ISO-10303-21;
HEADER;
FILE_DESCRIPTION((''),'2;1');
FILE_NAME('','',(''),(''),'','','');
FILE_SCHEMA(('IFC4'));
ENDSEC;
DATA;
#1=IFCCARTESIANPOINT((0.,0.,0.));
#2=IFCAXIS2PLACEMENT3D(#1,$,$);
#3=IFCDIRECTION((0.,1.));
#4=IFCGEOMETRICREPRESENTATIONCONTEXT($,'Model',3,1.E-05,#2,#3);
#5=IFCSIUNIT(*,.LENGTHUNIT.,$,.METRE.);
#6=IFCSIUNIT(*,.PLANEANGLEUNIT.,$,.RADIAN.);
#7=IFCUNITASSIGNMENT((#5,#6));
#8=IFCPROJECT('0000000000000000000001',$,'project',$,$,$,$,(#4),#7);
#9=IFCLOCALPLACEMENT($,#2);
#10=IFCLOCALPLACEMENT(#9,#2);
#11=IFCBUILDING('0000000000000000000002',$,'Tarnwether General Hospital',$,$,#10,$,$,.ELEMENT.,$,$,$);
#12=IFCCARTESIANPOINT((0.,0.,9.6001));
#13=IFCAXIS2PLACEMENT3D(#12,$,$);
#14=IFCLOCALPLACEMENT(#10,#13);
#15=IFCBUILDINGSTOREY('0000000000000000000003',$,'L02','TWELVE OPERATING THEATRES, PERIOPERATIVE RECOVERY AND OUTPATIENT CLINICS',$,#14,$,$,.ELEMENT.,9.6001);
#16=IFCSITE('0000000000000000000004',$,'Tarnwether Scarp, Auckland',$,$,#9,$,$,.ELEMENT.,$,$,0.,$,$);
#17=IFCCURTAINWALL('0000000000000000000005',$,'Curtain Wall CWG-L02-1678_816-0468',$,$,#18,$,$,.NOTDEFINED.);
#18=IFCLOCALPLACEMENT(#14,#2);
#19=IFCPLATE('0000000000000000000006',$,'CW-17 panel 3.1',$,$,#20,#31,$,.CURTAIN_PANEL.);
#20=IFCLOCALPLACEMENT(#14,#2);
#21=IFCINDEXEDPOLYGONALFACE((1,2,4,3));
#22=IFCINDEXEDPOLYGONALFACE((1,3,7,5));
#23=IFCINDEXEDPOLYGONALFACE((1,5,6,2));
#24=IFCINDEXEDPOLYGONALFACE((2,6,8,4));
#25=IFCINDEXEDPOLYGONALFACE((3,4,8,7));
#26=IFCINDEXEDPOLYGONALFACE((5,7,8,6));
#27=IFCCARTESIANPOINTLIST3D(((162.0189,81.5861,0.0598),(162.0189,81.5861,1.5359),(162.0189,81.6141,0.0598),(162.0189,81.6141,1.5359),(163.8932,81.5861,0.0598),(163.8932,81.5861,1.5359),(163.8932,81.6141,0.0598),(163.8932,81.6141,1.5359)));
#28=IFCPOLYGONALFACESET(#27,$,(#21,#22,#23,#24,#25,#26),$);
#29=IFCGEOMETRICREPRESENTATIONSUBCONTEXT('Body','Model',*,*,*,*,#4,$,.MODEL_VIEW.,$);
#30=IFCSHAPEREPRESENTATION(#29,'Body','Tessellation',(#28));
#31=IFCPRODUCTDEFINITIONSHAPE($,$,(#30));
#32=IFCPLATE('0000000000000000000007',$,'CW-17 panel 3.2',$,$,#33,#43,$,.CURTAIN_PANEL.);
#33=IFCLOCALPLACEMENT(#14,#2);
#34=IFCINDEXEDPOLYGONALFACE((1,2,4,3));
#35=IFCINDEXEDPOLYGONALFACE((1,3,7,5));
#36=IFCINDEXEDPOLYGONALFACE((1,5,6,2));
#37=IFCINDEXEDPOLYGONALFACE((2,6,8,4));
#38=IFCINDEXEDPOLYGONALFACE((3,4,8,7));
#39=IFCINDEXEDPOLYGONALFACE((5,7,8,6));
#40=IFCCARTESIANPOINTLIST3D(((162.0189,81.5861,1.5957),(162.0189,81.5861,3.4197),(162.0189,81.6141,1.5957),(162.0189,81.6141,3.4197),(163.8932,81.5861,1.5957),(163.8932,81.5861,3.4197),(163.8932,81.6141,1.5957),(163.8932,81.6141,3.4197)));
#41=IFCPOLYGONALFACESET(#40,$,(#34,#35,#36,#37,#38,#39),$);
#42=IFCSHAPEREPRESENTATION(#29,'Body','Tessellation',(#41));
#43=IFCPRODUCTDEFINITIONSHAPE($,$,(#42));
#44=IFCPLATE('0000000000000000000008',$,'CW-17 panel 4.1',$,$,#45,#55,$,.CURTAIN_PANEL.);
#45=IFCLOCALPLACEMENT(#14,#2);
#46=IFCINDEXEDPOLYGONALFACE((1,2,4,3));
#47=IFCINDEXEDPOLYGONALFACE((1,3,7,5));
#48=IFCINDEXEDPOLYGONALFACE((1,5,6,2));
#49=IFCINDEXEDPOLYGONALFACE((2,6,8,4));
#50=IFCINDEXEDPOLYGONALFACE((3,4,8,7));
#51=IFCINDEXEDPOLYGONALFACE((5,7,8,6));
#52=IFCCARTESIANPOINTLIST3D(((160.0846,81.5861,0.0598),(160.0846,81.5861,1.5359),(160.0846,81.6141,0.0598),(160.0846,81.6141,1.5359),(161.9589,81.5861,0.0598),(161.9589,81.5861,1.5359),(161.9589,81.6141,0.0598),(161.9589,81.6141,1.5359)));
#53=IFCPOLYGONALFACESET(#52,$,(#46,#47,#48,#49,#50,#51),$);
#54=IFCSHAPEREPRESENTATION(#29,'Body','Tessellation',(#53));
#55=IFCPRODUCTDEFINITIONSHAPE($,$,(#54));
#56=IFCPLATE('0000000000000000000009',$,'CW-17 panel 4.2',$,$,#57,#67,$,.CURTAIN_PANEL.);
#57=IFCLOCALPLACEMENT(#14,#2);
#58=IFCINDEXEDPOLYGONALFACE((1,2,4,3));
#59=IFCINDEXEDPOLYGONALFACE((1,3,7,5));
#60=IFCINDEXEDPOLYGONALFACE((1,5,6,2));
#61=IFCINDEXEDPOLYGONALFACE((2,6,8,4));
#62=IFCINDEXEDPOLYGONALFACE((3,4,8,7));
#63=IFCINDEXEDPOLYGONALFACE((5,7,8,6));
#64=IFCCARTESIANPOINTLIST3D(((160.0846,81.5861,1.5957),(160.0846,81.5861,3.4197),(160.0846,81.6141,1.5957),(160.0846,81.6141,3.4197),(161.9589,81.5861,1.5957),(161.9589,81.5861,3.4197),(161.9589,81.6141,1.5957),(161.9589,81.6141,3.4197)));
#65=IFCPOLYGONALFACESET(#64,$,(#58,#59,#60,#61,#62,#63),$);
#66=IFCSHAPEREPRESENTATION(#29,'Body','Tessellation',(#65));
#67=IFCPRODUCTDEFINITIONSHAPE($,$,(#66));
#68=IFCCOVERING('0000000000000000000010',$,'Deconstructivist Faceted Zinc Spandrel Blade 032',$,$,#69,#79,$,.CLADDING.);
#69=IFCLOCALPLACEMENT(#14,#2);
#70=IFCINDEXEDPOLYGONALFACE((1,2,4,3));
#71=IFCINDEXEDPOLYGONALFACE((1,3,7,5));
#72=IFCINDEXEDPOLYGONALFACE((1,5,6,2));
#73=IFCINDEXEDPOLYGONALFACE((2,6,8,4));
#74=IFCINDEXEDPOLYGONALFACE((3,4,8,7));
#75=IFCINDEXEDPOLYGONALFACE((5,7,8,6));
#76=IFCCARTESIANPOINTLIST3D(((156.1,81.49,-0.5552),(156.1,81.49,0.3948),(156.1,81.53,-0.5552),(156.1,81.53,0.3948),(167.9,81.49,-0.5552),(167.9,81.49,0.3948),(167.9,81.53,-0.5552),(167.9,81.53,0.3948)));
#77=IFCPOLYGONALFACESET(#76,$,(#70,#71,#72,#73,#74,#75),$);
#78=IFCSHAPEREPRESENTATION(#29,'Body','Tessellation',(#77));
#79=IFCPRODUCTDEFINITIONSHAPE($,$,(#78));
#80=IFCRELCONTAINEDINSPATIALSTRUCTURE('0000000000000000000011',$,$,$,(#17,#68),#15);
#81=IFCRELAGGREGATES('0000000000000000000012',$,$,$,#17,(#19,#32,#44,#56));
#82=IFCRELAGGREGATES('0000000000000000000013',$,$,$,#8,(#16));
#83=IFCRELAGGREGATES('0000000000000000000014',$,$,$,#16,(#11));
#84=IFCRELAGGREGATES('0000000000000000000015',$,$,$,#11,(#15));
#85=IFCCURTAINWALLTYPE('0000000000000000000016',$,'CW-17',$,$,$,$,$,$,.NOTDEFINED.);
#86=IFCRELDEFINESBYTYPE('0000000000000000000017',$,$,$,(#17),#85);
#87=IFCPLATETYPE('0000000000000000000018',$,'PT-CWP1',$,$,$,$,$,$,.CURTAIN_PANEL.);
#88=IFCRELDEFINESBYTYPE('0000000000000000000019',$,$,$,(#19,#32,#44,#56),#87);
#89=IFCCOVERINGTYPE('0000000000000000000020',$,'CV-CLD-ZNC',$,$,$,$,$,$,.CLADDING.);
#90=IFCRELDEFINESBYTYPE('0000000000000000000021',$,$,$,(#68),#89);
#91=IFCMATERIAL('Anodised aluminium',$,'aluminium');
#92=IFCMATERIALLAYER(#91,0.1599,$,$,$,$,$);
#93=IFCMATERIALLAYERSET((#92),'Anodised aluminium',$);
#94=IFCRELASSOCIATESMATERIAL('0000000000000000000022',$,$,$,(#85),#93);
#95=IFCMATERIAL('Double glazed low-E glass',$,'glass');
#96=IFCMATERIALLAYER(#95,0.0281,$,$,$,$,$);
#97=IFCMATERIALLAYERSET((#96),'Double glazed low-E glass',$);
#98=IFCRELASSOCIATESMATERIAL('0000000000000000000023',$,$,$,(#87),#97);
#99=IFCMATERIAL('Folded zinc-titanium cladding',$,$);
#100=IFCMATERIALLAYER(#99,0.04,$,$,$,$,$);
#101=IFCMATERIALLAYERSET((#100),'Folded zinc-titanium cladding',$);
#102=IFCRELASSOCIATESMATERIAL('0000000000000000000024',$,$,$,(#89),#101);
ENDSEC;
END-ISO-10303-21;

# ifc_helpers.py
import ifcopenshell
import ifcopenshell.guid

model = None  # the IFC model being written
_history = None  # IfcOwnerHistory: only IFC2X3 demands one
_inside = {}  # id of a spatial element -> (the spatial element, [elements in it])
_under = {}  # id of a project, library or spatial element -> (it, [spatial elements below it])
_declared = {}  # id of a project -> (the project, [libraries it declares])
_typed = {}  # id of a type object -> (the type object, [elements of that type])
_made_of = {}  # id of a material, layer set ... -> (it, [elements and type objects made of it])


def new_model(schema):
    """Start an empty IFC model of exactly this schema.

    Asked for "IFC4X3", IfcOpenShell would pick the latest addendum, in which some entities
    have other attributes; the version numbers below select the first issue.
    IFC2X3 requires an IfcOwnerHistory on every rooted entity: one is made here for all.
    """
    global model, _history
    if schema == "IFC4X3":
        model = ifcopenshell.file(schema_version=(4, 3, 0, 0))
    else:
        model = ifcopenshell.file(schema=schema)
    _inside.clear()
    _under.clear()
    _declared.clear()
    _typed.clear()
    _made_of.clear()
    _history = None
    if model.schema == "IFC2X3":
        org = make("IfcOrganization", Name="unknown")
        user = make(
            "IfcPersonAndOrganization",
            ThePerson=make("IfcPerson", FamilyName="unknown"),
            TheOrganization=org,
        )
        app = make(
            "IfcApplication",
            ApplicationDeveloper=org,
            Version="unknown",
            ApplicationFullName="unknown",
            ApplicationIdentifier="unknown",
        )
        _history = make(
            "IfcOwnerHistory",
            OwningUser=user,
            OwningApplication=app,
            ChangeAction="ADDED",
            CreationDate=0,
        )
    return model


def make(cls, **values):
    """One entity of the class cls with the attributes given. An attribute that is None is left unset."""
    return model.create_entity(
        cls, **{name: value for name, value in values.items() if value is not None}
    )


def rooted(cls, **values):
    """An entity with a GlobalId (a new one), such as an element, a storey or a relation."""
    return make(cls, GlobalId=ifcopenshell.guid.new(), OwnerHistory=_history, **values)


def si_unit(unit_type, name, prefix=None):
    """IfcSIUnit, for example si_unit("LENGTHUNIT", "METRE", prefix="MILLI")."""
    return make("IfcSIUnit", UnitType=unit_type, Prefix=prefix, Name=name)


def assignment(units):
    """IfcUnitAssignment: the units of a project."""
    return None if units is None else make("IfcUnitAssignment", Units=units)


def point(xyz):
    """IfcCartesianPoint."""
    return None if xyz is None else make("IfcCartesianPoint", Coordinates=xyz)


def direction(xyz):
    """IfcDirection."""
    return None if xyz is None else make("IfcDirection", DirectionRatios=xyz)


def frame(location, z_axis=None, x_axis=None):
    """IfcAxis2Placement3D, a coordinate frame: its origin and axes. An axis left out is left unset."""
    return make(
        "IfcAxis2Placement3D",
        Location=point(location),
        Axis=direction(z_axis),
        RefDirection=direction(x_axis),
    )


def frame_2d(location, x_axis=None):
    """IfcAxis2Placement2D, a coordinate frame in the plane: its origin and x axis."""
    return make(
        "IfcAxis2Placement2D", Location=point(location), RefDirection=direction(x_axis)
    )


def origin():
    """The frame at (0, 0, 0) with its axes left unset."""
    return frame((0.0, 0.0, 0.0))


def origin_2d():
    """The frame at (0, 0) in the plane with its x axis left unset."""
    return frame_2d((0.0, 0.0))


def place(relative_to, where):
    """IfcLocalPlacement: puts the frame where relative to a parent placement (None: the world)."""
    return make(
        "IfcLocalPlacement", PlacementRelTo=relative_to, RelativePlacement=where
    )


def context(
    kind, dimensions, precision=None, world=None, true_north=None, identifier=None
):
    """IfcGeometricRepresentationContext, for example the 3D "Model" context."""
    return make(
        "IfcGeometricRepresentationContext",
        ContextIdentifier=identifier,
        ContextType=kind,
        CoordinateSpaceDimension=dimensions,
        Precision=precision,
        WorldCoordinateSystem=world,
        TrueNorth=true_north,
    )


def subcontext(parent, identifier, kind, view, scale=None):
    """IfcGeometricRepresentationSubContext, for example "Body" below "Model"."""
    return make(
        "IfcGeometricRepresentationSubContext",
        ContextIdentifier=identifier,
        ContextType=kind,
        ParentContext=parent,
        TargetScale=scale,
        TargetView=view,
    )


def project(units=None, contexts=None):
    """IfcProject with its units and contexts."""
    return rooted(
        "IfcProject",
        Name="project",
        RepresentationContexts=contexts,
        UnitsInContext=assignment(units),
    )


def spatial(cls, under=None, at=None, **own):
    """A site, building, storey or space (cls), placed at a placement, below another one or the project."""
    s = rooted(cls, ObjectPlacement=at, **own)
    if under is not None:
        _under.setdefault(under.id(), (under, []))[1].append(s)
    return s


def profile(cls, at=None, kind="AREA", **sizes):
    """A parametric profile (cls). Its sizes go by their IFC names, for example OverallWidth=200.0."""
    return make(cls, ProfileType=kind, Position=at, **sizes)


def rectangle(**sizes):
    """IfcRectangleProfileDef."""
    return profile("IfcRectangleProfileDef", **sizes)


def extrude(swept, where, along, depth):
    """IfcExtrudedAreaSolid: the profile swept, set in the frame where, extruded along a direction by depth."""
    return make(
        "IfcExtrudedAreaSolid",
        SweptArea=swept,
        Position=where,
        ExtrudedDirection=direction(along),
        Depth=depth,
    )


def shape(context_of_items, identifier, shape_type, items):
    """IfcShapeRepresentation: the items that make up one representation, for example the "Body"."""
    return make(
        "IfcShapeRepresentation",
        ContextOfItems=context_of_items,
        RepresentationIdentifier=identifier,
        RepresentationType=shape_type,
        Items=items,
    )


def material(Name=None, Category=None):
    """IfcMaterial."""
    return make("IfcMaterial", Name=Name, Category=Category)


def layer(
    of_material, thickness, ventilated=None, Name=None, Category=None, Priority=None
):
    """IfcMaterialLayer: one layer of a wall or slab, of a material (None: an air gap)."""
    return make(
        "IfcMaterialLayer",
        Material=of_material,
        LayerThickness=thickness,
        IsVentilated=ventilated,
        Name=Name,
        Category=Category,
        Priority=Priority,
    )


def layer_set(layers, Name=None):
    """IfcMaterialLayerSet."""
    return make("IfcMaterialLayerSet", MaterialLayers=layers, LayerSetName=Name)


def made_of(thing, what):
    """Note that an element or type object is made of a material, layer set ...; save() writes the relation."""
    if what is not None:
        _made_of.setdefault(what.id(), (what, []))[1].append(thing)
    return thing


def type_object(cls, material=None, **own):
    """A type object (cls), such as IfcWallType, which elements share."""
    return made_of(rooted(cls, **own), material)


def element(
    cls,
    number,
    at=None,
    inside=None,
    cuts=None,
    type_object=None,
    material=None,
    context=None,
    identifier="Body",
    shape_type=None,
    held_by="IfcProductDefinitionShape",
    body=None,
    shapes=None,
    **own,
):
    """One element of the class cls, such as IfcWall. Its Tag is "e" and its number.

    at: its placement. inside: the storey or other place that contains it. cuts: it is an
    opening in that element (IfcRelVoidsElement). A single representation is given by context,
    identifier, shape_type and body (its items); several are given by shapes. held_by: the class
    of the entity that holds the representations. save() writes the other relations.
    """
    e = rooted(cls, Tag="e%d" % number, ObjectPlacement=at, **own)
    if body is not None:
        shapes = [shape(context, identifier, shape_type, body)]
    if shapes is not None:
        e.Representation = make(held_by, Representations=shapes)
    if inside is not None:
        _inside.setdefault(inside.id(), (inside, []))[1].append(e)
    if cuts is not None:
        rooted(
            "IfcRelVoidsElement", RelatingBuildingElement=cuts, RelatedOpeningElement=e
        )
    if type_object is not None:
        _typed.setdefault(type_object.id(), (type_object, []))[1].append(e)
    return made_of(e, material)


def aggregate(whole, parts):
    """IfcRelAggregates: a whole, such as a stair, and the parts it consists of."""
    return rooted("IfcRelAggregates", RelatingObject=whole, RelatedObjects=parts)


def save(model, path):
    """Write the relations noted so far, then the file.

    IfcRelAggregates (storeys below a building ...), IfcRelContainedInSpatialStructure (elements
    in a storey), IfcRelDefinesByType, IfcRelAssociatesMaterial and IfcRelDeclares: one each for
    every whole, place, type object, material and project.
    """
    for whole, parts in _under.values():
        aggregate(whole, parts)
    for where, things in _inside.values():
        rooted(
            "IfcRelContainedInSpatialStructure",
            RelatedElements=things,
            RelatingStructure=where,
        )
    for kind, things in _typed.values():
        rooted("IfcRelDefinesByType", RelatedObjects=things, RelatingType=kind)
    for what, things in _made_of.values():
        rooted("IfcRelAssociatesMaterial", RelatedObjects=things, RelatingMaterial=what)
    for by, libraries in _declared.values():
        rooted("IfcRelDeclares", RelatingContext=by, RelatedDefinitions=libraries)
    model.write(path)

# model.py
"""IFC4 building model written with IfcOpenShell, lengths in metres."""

from ifc_helpers import new_model, si_unit, direction, frame, origin, origin_2d, place, context, subcontext, project, spatial, rectangle, extrude, material, layer, layer_set, type_object, element, aggregate, save


model = new_model("IFC4")

# Units and contexts
model_context = context("Model", 3, precision=1e-05, world=origin(), true_north=direction((0.0, 1.0)))
body_context = subcontext(model_context, "Body", "Model", "MODEL_VIEW")
ifc_project = project(units=[si_unit("LENGTHUNIT", "METRE"), si_unit("PLANEANGLEUNIT", "RADIAN")], contexts=[model_context])

# Site, building, storey
site_placement = place(None, origin())
site = spatial("IfcSite", under=ifc_project, at=site_placement, Name="Tarnwether Scarp, Auckland", CompositionType="ELEMENT", RefElevation=0.0)
building_placement = place(site_placement, origin())
building = spatial("IfcBuilding", under=site, at=building_placement, Name="Tarnwether General Hospital", CompositionType="ELEMENT")
storey_placement = place(building_placement, frame((0.0, 0.0, 9.6001)))
storey = spatial("IfcBuildingStorey", under=building, at=storey_placement, Name="L02", Description="TWELVE OPERATING THEATRES, PERIOPERATIVE RECOVERY AND OUTPATIENT CLINICS", CompositionType="ELEMENT", Elevation=9.6001)

# Shared definitions
ifc_material_1 = material(Name="Anodised aluminium", Category="aluminium")
ifc_layer_1 = layer(ifc_material_1, 0.1599)
ifc_layer_set_1 = layer_set([ifc_layer_1], Name="Anodised aluminium")
curtain_wall_type = type_object("IfcCurtainWallType", Name="CW-17", PredefinedType="NOTDEFINED", material=ifc_layer_set_1)

# Curtain wall, plates
curtain_wall_1_placement = place(storey_placement, origin())
curtain_wall_1 = element("IfcCurtainWall", 1, at=curtain_wall_1_placement, inside=storey, type_object=curtain_wall_type, Name="Curtain Wall CWG-L02-1678_816-0468", PredefinedType="NOTDEFINED")
ifc_material_2 = material(Name="Double glazed low-E glass", Category="glass")
ifc_layer_2 = layer(ifc_material_2, 0.0281)
ifc_layer_set_2 = layer_set([ifc_layer_2], Name="Double glazed low-E glass")
plate_type = type_object("IfcPlateType", Name="PT-CWP1", PredefinedType="CURTAIN_PANEL", material=ifc_layer_set_2)
plate_1_placement = place(storey_placement, frame((162.9561, 81.6001, 0.0598), z_axis=(0.0, 0.0, 1.0), x_axis=(-1.0, 0.0, 0.0)))
plate_1 = element("IfcPlate", 2, at=plate_1_placement, type_object=plate_type, Name="CW-17 panel 3.1", PredefinedType="CURTAIN_PANEL", context=body_context, shape_type="SweptSolid", body=[
    extrude(rectangle(XDim=1.8743, YDim=0.0281, at=origin_2d()), origin(), (0.0, 0.0, 1.0), 1.4761),
])
plate_2_placement = place(storey_placement, frame((162.9561, 81.6001, 1.5957), z_axis=(0.0, 0.0, 1.0), x_axis=(-1.0, 0.0, 0.0)))
plate_2 = element("IfcPlate", 3, at=plate_2_placement, type_object=plate_type, Name="CW-17 panel 3.2", PredefinedType="CURTAIN_PANEL", context=body_context, shape_type="SweptSolid", body=[
    extrude(rectangle(XDim=1.8743, YDim=0.0281, at=origin_2d()), origin(), (0.0, 0.0, 1.0), 1.824),
])
plate_3_placement = place(storey_placement, frame((161.0217, 81.6001, 0.0598), z_axis=(0.0, 0.0, 1.0), x_axis=(-1.0, 0.0, 0.0)))
plate_3 = element("IfcPlate", 4, at=plate_3_placement, type_object=plate_type, Name="CW-17 panel 4.1", PredefinedType="CURTAIN_PANEL", context=body_context, shape_type="SweptSolid", body=[
    extrude(rectangle(XDim=1.8743, YDim=0.0281, at=origin_2d()), origin(), (0.0, 0.0, 1.0), 1.4761),
])
plate_4_placement = place(storey_placement, frame((161.0217, 81.6001, 1.5957), z_axis=(0.0, 0.0, 1.0), x_axis=(-1.0, 0.0, 0.0)))
plate_4 = element("IfcPlate", 5, at=plate_4_placement, type_object=plate_type, Name="CW-17 panel 4.2", PredefinedType="CURTAIN_PANEL", context=body_context, shape_type="SweptSolid", body=[
    extrude(rectangle(XDim=1.8743, YDim=0.0281, at=origin_2d()), origin(), (0.0, 0.0, 1.0), 1.824),
])
aggregate(curtain_wall_1, [plate_1, plate_2, plate_3, plate_4])

# Covering
ifc_material_3 = material(Name="Folded zinc-titanium cladding")
ifc_layer_3 = layer(ifc_material_3, 0.04)
ifc_layer_set_3 = layer_set([ifc_layer_3], Name="Folded zinc-titanium cladding")
covering_type = type_object("IfcCoveringType", Name="CV-CLD-ZNC", PredefinedType="CLADDING", material=ifc_layer_set_3)
covering_placement = place(storey_placement, frame((162.0, 81.51, -0.5552), z_axis=(0.0, 0.0, 1.0), x_axis=(1.0, 0.0, 0.0)))
element("IfcCovering", 6, at=covering_placement, inside=storey, type_object=covering_type, Name="Deconstructivist Faceted Zinc Spandrel Blade 032", PredefinedType="CLADDING", context=body_context, shape_type="SweptSolid", body=[
    extrude(rectangle(XDim=11.8, YDim=0.04, at=origin_2d()), origin(), (0.0, 0.0, 1.0), 0.95),
])

save(model, "model.ifc")
